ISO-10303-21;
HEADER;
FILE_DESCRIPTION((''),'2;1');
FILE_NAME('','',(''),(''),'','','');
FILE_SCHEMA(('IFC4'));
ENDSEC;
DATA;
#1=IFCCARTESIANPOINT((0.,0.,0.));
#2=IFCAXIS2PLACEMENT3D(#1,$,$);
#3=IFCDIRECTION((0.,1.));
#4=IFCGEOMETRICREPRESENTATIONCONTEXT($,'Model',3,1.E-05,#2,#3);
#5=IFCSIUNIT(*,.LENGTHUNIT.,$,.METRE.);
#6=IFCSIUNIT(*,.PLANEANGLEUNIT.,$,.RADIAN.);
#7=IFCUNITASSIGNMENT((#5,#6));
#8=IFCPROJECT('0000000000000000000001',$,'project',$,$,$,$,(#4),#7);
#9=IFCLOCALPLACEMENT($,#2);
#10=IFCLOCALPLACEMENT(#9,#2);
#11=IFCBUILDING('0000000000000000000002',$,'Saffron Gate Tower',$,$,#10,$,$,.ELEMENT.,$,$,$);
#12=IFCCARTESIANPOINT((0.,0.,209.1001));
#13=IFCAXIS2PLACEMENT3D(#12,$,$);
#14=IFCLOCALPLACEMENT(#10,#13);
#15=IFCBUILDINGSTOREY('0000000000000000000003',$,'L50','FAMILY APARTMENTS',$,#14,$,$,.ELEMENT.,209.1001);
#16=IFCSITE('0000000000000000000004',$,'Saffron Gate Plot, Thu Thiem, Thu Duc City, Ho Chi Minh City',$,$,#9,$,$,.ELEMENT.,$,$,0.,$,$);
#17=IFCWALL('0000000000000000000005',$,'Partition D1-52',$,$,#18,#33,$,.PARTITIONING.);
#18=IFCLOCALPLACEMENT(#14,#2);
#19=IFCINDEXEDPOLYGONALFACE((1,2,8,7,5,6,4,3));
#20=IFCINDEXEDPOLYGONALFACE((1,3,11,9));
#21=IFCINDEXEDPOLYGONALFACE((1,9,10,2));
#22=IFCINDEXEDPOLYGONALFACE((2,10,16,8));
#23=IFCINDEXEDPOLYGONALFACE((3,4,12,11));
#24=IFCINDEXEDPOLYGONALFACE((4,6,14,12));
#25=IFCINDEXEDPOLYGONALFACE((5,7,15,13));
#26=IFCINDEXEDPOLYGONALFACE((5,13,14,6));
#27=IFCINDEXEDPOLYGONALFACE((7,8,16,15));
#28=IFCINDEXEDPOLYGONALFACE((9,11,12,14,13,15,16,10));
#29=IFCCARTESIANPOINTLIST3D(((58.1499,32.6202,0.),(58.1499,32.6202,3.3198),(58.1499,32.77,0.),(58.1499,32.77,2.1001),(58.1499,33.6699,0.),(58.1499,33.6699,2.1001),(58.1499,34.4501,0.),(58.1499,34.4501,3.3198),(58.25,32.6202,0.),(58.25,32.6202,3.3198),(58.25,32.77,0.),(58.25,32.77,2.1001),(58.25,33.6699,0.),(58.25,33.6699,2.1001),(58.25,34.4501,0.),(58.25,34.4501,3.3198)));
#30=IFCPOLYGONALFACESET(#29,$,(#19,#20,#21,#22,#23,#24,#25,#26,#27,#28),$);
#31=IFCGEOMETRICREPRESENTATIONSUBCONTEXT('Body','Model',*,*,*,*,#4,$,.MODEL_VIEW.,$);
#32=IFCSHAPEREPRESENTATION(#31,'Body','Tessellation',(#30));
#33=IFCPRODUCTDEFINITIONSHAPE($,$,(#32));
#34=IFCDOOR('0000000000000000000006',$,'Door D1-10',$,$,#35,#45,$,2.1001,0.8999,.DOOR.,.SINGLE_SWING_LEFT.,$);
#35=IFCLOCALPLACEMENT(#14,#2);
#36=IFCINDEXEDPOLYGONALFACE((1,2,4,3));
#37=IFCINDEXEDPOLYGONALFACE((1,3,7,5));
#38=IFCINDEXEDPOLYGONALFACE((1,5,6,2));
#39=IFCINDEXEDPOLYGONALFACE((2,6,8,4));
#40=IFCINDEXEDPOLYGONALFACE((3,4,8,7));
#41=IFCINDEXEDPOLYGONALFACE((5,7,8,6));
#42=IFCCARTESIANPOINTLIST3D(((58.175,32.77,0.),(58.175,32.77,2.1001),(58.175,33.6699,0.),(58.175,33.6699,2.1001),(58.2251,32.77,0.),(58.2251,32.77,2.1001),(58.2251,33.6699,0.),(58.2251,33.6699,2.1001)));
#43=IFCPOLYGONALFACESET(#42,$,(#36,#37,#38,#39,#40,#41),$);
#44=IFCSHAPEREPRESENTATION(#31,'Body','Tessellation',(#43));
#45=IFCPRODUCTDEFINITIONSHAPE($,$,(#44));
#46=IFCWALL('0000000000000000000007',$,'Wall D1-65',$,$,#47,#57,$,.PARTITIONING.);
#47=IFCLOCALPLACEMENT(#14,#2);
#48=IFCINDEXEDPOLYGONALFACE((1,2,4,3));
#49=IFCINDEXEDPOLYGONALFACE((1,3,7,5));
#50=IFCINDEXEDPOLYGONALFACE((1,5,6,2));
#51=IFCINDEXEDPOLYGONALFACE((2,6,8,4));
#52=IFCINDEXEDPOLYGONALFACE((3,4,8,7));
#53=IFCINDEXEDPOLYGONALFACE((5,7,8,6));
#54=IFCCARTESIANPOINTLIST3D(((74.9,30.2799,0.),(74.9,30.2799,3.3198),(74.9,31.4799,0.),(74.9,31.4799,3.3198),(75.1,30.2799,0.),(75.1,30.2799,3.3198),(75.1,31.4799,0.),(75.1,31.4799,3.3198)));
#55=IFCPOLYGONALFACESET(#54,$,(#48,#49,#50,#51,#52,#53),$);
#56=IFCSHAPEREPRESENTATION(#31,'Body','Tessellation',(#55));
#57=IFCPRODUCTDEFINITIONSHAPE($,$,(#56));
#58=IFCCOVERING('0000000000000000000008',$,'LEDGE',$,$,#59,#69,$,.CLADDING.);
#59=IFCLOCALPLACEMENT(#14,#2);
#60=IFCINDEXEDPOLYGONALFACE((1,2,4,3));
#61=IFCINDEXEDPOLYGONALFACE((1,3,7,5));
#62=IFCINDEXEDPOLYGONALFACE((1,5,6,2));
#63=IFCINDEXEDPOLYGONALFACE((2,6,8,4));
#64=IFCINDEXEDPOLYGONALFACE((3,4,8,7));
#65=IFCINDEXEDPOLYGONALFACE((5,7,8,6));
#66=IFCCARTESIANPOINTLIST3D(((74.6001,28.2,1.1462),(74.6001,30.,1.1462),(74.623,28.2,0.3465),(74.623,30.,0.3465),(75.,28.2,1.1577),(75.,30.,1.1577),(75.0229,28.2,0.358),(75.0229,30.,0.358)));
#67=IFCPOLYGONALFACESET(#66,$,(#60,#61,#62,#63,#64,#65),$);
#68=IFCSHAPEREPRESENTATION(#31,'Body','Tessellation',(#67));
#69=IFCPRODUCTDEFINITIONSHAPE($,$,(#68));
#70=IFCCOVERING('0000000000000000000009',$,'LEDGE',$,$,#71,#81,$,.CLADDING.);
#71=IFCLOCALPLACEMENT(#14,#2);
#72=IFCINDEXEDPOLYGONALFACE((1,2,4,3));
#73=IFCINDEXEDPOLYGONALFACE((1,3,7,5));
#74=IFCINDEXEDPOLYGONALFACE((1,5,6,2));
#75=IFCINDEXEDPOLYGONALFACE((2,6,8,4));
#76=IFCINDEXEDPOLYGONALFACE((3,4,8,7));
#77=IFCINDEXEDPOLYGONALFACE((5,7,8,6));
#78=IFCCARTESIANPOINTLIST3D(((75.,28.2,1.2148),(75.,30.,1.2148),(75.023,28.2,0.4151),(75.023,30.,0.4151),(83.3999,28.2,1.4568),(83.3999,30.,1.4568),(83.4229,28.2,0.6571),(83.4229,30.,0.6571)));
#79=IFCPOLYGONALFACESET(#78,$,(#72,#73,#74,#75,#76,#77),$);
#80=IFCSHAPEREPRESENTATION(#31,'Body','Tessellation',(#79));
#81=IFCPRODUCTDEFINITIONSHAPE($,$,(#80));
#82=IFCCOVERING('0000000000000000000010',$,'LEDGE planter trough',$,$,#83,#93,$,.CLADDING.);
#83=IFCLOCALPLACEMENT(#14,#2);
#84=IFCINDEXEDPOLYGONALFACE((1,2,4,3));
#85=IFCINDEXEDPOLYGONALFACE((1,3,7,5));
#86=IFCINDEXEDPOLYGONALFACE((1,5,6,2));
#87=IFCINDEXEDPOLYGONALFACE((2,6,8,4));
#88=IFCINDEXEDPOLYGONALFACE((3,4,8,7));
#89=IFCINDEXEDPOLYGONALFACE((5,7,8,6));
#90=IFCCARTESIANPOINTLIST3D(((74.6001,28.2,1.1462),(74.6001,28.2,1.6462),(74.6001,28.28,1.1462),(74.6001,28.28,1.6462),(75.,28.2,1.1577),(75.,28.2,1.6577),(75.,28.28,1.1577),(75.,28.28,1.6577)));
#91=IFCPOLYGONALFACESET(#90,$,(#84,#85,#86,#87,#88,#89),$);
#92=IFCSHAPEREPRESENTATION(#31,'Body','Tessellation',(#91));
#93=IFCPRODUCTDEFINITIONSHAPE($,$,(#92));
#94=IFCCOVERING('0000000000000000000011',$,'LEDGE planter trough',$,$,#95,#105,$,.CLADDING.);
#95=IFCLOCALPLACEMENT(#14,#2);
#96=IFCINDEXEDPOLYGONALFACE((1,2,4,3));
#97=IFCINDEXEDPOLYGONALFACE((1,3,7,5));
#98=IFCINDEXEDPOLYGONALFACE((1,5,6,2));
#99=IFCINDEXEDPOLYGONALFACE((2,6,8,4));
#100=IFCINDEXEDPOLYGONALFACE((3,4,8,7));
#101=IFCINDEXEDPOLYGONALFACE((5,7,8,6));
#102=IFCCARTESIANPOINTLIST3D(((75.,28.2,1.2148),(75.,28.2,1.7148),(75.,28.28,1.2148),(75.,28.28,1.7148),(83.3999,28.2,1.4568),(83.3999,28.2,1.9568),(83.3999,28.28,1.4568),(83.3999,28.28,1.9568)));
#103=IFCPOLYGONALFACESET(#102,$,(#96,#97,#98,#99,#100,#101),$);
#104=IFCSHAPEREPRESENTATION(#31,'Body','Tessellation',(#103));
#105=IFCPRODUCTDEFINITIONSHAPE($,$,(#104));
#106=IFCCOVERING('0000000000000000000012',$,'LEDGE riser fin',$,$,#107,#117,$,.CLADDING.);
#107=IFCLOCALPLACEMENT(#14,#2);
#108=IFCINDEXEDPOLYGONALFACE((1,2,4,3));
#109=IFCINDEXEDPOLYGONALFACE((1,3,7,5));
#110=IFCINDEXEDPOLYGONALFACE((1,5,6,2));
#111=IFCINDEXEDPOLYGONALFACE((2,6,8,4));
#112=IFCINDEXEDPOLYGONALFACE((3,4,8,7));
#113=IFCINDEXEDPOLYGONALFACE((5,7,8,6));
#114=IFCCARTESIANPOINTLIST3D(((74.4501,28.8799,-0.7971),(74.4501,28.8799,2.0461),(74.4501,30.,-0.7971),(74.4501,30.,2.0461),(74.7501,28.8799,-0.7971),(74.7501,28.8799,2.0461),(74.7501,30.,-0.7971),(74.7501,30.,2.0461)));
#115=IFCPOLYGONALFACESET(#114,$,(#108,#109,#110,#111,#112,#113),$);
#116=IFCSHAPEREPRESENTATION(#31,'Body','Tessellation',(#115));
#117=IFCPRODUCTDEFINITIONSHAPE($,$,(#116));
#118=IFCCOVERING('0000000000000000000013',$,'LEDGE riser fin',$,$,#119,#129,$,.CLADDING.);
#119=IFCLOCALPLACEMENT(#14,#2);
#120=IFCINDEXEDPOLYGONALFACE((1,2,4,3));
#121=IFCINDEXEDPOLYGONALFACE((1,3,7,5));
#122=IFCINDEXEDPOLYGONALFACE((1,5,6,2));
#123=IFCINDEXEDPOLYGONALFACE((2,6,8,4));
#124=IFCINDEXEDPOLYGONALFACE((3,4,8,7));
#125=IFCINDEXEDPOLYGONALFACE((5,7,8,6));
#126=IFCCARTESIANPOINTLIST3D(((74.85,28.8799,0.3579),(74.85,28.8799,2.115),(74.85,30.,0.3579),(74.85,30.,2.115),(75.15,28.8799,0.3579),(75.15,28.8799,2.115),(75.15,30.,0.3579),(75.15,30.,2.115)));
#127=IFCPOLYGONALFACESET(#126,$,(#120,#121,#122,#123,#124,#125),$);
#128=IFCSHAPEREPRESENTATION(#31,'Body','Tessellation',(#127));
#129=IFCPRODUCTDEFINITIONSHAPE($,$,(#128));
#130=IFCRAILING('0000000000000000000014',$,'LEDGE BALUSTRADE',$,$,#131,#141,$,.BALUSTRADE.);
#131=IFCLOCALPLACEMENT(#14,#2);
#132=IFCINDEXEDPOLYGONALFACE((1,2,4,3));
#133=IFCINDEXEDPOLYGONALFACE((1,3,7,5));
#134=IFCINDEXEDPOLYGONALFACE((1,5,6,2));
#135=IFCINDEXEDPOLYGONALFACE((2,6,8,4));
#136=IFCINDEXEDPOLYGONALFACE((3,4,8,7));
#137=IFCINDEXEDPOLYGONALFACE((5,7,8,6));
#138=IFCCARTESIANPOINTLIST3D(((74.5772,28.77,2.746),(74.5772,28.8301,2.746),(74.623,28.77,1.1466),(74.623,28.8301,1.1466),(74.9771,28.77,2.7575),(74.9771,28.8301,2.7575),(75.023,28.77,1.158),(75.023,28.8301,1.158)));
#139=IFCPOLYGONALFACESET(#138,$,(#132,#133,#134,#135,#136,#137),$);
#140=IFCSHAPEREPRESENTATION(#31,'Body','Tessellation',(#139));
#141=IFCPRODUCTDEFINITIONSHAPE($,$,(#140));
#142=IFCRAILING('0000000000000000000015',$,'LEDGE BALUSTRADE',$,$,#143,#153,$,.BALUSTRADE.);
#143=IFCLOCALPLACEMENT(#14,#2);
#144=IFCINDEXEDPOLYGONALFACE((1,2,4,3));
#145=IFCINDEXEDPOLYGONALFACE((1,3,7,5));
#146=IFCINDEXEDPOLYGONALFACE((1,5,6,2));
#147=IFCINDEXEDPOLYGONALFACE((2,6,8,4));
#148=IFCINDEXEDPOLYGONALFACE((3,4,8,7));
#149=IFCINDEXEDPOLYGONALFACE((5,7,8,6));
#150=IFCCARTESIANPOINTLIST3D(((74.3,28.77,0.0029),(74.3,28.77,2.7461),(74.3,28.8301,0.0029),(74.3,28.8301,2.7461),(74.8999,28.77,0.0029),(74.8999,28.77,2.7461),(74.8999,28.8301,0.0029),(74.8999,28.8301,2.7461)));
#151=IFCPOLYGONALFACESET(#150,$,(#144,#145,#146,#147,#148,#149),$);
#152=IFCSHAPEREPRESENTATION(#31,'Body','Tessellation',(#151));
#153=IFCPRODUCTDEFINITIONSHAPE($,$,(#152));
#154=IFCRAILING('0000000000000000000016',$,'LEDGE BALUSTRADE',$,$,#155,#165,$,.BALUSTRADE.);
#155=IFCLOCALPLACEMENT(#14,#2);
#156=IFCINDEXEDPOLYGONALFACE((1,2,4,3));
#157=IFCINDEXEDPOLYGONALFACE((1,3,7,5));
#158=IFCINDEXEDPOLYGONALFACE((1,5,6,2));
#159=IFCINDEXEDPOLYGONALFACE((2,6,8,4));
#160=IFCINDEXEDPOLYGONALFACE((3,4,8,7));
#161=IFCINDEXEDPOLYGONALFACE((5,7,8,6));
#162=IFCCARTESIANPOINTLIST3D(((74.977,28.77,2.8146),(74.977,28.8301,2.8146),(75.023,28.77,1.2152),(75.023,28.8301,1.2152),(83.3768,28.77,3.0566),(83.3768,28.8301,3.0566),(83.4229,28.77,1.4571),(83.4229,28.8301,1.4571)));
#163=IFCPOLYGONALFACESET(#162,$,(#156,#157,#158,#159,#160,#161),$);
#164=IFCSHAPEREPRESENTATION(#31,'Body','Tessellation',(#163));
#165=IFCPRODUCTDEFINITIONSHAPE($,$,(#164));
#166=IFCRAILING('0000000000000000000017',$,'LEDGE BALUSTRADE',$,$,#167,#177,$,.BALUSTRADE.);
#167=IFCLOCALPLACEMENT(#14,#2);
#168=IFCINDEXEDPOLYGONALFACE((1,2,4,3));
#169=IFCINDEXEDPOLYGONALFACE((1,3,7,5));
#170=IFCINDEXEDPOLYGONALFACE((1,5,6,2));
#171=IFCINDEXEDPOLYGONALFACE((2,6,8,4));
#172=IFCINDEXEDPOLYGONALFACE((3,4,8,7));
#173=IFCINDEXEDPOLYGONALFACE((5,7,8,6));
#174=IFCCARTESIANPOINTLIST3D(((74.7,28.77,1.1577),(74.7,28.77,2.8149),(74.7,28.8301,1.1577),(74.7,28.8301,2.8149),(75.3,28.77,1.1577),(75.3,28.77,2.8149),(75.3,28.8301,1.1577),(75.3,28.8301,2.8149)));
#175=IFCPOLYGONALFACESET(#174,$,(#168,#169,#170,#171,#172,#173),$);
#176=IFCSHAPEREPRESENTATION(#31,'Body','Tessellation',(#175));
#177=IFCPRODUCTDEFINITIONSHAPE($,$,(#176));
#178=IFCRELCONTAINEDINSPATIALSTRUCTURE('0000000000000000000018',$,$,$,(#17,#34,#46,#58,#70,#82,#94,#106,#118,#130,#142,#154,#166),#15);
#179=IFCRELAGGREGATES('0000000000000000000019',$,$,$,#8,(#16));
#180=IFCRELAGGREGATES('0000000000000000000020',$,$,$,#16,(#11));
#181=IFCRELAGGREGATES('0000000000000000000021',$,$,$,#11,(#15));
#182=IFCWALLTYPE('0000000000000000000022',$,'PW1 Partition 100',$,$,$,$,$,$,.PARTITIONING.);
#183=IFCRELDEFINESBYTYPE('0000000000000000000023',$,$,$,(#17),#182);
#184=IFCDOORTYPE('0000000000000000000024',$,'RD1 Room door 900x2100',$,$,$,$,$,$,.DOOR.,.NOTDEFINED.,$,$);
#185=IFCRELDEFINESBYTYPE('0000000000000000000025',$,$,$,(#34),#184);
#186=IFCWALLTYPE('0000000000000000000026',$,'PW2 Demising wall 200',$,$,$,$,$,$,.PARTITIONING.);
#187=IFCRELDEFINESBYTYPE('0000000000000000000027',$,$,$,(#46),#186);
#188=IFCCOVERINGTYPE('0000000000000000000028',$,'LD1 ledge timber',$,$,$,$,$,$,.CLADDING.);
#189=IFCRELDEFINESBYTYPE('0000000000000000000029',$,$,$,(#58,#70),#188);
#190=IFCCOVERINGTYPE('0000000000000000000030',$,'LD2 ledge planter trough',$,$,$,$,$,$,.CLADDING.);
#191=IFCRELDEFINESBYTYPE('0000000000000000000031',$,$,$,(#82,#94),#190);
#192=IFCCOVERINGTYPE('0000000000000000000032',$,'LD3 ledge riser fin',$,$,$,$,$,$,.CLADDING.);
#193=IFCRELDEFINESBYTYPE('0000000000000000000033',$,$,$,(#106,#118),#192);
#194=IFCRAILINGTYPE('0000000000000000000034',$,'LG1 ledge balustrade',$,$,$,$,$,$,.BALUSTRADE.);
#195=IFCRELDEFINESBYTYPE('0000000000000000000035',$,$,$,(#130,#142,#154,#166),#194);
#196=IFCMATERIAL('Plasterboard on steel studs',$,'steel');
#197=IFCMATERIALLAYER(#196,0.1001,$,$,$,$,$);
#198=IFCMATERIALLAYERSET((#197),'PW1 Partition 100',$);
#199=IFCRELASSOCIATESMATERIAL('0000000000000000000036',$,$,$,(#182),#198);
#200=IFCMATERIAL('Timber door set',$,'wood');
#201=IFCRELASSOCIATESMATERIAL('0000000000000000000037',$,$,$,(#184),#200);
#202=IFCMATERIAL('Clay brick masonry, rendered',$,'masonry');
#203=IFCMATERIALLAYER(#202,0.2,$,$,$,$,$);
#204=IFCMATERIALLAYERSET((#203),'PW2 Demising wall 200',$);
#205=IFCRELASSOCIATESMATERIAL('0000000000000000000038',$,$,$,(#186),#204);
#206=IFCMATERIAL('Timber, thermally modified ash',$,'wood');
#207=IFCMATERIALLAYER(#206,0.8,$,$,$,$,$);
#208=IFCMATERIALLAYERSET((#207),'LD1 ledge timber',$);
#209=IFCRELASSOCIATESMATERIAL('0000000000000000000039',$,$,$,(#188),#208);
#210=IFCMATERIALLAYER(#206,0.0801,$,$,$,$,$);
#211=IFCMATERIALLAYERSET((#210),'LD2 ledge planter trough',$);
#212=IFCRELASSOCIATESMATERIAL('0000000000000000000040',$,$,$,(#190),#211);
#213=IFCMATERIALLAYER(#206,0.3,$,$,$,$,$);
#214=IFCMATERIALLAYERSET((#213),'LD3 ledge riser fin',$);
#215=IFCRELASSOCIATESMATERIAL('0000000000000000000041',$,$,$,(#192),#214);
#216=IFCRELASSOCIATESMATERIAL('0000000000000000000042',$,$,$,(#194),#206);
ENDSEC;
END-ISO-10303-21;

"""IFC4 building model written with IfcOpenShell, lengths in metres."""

from ifc_helpers import new_model, si_unit, direction, frame, frame_2d, origin, origin_2d, place, context, subcontext, project, spatial, polyline, rectangle, outline, extrude, material, layer, layer_set, type_object, element, fill, save


model = new_model("IFC4")

# Units and contexts
model_context = context("Model", 3, precision=1e-05, world=origin(), true_north=direction((0.0, 1.0)))
body_context = subcontext(model_context, "Body", "Model", "MODEL_VIEW")
ifc_project = project(units=[si_unit("LENGTHUNIT", "METRE"), si_unit("PLANEANGLEUNIT", "RADIAN")], contexts=[model_context])

# Site, building, storey
site_placement = place(None, origin())
site = spatial("IfcSite", under=ifc_project, at=site_placement, Name="Saffron Gate Plot, Thu Thiem, Thu Duc City, Ho Chi Minh City", CompositionType="ELEMENT", RefElevation=0.0)
building_placement = place(site_placement, origin())
building = spatial("IfcBuilding", under=site, at=building_placement, Name="Saffron Gate Tower", CompositionType="ELEMENT")
storey_placement = place(building_placement, frame((0.0, 0.0, 209.1001)))
storey = spatial("IfcBuildingStorey", under=building, at=storey_placement, Name="L50", Description="FAMILY APARTMENTS", CompositionType="ELEMENT", Elevation=209.1001)

# Shared definitions
ifc_material_1 = material(Name="Plasterboard on steel studs", Category="steel")
ifc_layer_1 = layer(ifc_material_1, 0.1001)
ifc_layer_set_1 = layer_set([ifc_layer_1], Name="PW1 Partition 100")
wall_type_1 = type_object("IfcWallType", Name="PW1 Partition 100", PredefinedType="PARTITIONING", material=ifc_layer_set_1)

# Wall, opening, door
wall_1_placement = place(storey_placement, frame((58.2, 32.6201, 0.0), z_axis=(0.0, 0.0, 1.0), x_axis=(0.0, 1.0, 0.0)))
wall_1 = element("IfcWall", 1, at=wall_1_placement, inside=storey, type_object=wall_type_1, Name="Partition D1-52", PredefinedType="PARTITIONING", context=body_context, shape_type="SweptSolid", body=[
    extrude(rectangle(XDim=1.8298, YDim=0.1001, at=frame_2d((0.915, 0.0))), origin(), (0.0, 0.0, 1.0), 3.3198),
])
opening_1_placement = place(wall_1_placement, frame((0.1499, 0.0, 0.0)))
opening_1 = element("IfcOpeningElement", 2, at=opening_1_placement, cuts=wall_1, PredefinedType="OPENING", context=body_context, shape_type="SweptSolid", body=[
    extrude(rectangle(XDim=0.8999, YDim=2.1001, at=frame_2d((0.45, 1.05))), frame((0.0, 0.0601, 0.0), z_axis=(0.0, -1.0, 0.0), x_axis=(1.0, 0.0, 0.0)), (0.0, 0.0, 1.0), 0.1201),
])
ifc_material_2 = material(Name="Timber door set", Category="wood")
door_type = type_object("IfcDoorType", Name="RD1 Room door 900x2100", OperationType="NOTDEFINED", PredefinedType="DOOR", material=ifc_material_2)
door_placement = place(opening_1_placement, origin())
door = element("IfcDoor", 3, at=door_placement, inside=storey, type_object=door_type, Name="Door D1-10", OperationType="SINGLE_SWING_LEFT", OverallHeight=2.1001, OverallWidth=0.8999, PredefinedType="DOOR", context=body_context, shape_type="SweptSolid", body=[
    extrude(rectangle(XDim=0.8999, YDim=2.1001, at=frame_2d((0.45, 1.05))), frame((0.0, 0.0249, 0.0), z_axis=(0.0, -1.0, 0.0), x_axis=(1.0, 0.0, 0.0)), (0.0, 0.0, 1.0), 0.05),
])
fill(opening_1, door)

# Wall
ifc_material_3 = material(Name="Clay brick masonry, rendered", Category="masonry")
ifc_layer_2 = layer(ifc_material_3, 0.2)
ifc_layer_set_2 = layer_set([ifc_layer_2], Name="PW2 Demising wall 200")
wall_type_2 = type_object("IfcWallType", Name="PW2 Demising wall 200", PredefinedType="PARTITIONING", material=ifc_layer_set_2)
wall_2_placement = place(storey_placement, frame((75.0, 31.48, 0.0), z_axis=(0.0, 0.0, 1.0), x_axis=(0.0, -1.0, 0.0)))
element("IfcWall", 4, at=wall_2_placement, inside=storey, type_object=wall_type_2, Name="Wall D1-65", PredefinedType="PARTITIONING", context=body_context, shape_type="SweptSolid", body=[
    extrude(rectangle(XDim=1.2, YDim=0.2, at=frame_2d((0.6001, 0.0))), origin(), (0.0, 0.0, 1.0), 3.3198),
])

# Coverings
ifc_material_4 = material(Name="Timber, thermally modified ash", Category="wood")
ifc_layer_3 = layer(ifc_material_4, 0.8)
ifc_layer_set_3 = layer_set([ifc_layer_3], Name="LD1 ledge timber")
covering_type_1 = type_object("IfcCoveringType", Name="LD1 ledge timber", PredefinedType="CLADDING", material=ifc_layer_set_3)
covering_1_placement = place(storey_placement, frame((74.6001, 30.0, 1.1462), z_axis=(-0.028682, 0.0, 0.999589), x_axis=(0.999589, 0.0, 0.028682)))
element("IfcCovering", 5, at=covering_1_placement, inside=storey, type_object=covering_type_1, Name="LEDGE", PredefinedType="CLADDING", context=body_context, shape_type="SweptSolid", body=[
    extrude(outline(polyline([(0.0, 0.0), (0.4001, 0.0), (0.4001, -1.8), (0.0, -1.8), (0.0, 0.0)])), origin(), (0.0, 0.0, -1.0), 0.8),
])
covering_2_placement = place(storey_placement, frame((75.0, 30.0, 1.2148), z_axis=(-0.028791, 0.0, 0.999585), x_axis=(0.999585, 0.0, 0.028791)))
element("IfcCovering", 6, at=covering_2_placement, inside=storey, type_object=covering_type_1, Name="LEDGE", PredefinedType="CLADDING", context=body_context, shape_type="SweptSolid", body=[
    extrude(outline(polyline([(0.0, 0.0), (8.4034, 0.0), (8.4034, -1.8), (0.0, -1.8), (0.0, 0.0)])), origin(), (0.0, 0.0, -1.0), 0.8),
])
ifc_layer_4 = layer(ifc_material_4, 0.0801)
ifc_layer_set_4 = layer_set([ifc_layer_4], Name="LD2 ledge planter trough")
covering_type_2 = type_object("IfcCoveringType", Name="LD2 ledge planter trough", PredefinedType="CLADDING", material=ifc_layer_set_4)
covering_3_placement = place(storey_placement, frame((74.6001, 28.2, 1.1462), z_axis=(0.0, -1.0, 0.0), x_axis=(0.999589, 0.0, 0.028682)))
element("IfcCovering", 7, at=covering_3_placement, inside=storey, type_object=covering_type_2, Name="LEDGE planter trough", PredefinedType="CLADDING", context=body_context, shape_type="SweptSolid", body=[
    extrude(outline(polyline([(0.0, 0.0), (0.4001, 0.0), (0.4144, 0.4998), (0.0143, 0.4998), (0.0, 0.0)])), origin(), (0.0, 0.0, -1.0), 0.0801),
])
covering_4_placement = place(storey_placement, frame((75.0, 28.2, 1.2148), z_axis=(0.0, -1.0, 0.0), x_axis=(0.999585, 0.0, 0.028791)))
element("IfcCovering", 8, at=covering_4_placement, inside=storey, type_object=covering_type_2, Name="LEDGE planter trough", PredefinedType="CLADDING", context=body_context, shape_type="SweptSolid", body=[
    extrude(outline(polyline([(0.0, 0.0), (8.4034, 0.0), (8.4178, 0.4998), (0.0144, 0.4998), (0.0, 0.0)])), origin(), (0.0, 0.0, -1.0), 0.0801),
])
ifc_layer_5 = layer(ifc_material_4, 0.3)
ifc_layer_set_5 = layer_set([ifc_layer_5], Name="LD3 ledge riser fin")
covering_type_3 = type_object("IfcCoveringType", Name="LD3 ledge riser fin", PredefinedType="CLADDING", material=ifc_layer_set_5)
covering_5_placement = place(storey_placement, frame((74.6001, 29.4399, -0.7971), z_axis=(0.0, 0.0, 1.0), x_axis=(1.0, 0.0, 0.0)))
element("IfcCovering", 9, at=covering_5_placement, inside=storey, type_object=covering_type_3, Name="LEDGE riser fin", PredefinedType="CLADDING", context=body_context, shape_type="SweptSolid", body=[
    extrude(rectangle(XDim=0.3, YDim=1.1201, at=origin_2d()), origin(), (0.0, 0.0, 1.0), 2.8433),
])
covering_6_placement = place(storey_placement, frame((75.0, 29.4399, 0.3579), z_axis=(0.0, 0.0, 1.0), x_axis=(1.0, 0.0, 0.0)))
element("IfcCovering", 10, at=covering_6_placement, inside=storey, type_object=covering_type_3, Name="LEDGE riser fin", PredefinedType="CLADDING", context=body_context, shape_type="SweptSolid", body=[
    extrude(rectangle(XDim=0.3, YDim=1.1201, at=origin_2d()), origin(), (0.0, 0.0, 1.0), 1.7571),
])

# Railings
railing_type = type_object("IfcRailingType", Name="LG1 ledge balustrade", PredefinedType="BALUSTRADE", material=ifc_material_4)
railing_1_placement = place(storey_placement, frame((74.6001, 28.8, 1.1462)))
element("IfcRailing", 11, at=railing_1_placement, inside=storey, type_object=railing_type, Name="LEDGE BALUSTRADE", PredefinedType="BALUSTRADE", context=body_context, shape_type="SweptSolid", body=[
    extrude(rectangle(XDim=0.0601, YDim=1.6001, at=origin_2d()), frame((0.0, 0.0, 0.8), z_axis=(0.999589, 0.0, 0.028682), x_axis=(0.0, 1.0, 0.0)), (0.0, 0.0, 1.0), 0.4001),
])
railing_2_placement = place(storey_placement, frame((74.3, 28.8, 0.0029)))
element("IfcRailing", 12, at=railing_2_placement, inside=storey, type_object=railing_type, Name="LEDGE BALUSTRADE", PredefinedType="BALUSTRADE", context=body_context, shape_type="SweptSolid", body=[
    extrude(rectangle(XDim=0.0601, YDim=2.7432, at=origin_2d()), frame((0.0, 0.0, 1.3716), z_axis=(1.0, 0.0, 0.0), x_axis=(0.0, 1.0, 0.0)), (0.0, 0.0, 1.0), 0.5999),
])
railing_3_placement = place(storey_placement, frame((75.0, 28.8, 1.2148)))
element("IfcRailing", 13, at=railing_3_placement, inside=storey, type_object=railing_type, Name="LEDGE BALUSTRADE", PredefinedType="BALUSTRADE", context=body_context, shape_type="SweptSolid", body=[
    extrude(rectangle(XDim=0.0601, YDim=1.6001, at=origin_2d()), frame((0.0, 0.0, 0.8), z_axis=(0.999585, 0.0, 0.028791), x_axis=(0.0, 1.0, 0.0)), (0.0, 0.0, 1.0), 8.4033),
])
railing_4_placement = place(storey_placement, frame((74.7, 28.8, 1.1577)))
element("IfcRailing", 14, at=railing_4_placement, inside=storey, type_object=railing_type, Name="LEDGE BALUSTRADE", PredefinedType="BALUSTRADE", context=body_context, shape_type="SweptSolid", body=[
    extrude(rectangle(XDim=0.0601, YDim=1.6572, at=origin_2d()), frame((0.0, 0.0, 0.8286), z_axis=(1.0, 0.0, 0.0), x_axis=(0.0, 1.0, 0.0)), (0.0, 0.0, 1.0), 0.6001),
])

save(model, "model.ifc")
